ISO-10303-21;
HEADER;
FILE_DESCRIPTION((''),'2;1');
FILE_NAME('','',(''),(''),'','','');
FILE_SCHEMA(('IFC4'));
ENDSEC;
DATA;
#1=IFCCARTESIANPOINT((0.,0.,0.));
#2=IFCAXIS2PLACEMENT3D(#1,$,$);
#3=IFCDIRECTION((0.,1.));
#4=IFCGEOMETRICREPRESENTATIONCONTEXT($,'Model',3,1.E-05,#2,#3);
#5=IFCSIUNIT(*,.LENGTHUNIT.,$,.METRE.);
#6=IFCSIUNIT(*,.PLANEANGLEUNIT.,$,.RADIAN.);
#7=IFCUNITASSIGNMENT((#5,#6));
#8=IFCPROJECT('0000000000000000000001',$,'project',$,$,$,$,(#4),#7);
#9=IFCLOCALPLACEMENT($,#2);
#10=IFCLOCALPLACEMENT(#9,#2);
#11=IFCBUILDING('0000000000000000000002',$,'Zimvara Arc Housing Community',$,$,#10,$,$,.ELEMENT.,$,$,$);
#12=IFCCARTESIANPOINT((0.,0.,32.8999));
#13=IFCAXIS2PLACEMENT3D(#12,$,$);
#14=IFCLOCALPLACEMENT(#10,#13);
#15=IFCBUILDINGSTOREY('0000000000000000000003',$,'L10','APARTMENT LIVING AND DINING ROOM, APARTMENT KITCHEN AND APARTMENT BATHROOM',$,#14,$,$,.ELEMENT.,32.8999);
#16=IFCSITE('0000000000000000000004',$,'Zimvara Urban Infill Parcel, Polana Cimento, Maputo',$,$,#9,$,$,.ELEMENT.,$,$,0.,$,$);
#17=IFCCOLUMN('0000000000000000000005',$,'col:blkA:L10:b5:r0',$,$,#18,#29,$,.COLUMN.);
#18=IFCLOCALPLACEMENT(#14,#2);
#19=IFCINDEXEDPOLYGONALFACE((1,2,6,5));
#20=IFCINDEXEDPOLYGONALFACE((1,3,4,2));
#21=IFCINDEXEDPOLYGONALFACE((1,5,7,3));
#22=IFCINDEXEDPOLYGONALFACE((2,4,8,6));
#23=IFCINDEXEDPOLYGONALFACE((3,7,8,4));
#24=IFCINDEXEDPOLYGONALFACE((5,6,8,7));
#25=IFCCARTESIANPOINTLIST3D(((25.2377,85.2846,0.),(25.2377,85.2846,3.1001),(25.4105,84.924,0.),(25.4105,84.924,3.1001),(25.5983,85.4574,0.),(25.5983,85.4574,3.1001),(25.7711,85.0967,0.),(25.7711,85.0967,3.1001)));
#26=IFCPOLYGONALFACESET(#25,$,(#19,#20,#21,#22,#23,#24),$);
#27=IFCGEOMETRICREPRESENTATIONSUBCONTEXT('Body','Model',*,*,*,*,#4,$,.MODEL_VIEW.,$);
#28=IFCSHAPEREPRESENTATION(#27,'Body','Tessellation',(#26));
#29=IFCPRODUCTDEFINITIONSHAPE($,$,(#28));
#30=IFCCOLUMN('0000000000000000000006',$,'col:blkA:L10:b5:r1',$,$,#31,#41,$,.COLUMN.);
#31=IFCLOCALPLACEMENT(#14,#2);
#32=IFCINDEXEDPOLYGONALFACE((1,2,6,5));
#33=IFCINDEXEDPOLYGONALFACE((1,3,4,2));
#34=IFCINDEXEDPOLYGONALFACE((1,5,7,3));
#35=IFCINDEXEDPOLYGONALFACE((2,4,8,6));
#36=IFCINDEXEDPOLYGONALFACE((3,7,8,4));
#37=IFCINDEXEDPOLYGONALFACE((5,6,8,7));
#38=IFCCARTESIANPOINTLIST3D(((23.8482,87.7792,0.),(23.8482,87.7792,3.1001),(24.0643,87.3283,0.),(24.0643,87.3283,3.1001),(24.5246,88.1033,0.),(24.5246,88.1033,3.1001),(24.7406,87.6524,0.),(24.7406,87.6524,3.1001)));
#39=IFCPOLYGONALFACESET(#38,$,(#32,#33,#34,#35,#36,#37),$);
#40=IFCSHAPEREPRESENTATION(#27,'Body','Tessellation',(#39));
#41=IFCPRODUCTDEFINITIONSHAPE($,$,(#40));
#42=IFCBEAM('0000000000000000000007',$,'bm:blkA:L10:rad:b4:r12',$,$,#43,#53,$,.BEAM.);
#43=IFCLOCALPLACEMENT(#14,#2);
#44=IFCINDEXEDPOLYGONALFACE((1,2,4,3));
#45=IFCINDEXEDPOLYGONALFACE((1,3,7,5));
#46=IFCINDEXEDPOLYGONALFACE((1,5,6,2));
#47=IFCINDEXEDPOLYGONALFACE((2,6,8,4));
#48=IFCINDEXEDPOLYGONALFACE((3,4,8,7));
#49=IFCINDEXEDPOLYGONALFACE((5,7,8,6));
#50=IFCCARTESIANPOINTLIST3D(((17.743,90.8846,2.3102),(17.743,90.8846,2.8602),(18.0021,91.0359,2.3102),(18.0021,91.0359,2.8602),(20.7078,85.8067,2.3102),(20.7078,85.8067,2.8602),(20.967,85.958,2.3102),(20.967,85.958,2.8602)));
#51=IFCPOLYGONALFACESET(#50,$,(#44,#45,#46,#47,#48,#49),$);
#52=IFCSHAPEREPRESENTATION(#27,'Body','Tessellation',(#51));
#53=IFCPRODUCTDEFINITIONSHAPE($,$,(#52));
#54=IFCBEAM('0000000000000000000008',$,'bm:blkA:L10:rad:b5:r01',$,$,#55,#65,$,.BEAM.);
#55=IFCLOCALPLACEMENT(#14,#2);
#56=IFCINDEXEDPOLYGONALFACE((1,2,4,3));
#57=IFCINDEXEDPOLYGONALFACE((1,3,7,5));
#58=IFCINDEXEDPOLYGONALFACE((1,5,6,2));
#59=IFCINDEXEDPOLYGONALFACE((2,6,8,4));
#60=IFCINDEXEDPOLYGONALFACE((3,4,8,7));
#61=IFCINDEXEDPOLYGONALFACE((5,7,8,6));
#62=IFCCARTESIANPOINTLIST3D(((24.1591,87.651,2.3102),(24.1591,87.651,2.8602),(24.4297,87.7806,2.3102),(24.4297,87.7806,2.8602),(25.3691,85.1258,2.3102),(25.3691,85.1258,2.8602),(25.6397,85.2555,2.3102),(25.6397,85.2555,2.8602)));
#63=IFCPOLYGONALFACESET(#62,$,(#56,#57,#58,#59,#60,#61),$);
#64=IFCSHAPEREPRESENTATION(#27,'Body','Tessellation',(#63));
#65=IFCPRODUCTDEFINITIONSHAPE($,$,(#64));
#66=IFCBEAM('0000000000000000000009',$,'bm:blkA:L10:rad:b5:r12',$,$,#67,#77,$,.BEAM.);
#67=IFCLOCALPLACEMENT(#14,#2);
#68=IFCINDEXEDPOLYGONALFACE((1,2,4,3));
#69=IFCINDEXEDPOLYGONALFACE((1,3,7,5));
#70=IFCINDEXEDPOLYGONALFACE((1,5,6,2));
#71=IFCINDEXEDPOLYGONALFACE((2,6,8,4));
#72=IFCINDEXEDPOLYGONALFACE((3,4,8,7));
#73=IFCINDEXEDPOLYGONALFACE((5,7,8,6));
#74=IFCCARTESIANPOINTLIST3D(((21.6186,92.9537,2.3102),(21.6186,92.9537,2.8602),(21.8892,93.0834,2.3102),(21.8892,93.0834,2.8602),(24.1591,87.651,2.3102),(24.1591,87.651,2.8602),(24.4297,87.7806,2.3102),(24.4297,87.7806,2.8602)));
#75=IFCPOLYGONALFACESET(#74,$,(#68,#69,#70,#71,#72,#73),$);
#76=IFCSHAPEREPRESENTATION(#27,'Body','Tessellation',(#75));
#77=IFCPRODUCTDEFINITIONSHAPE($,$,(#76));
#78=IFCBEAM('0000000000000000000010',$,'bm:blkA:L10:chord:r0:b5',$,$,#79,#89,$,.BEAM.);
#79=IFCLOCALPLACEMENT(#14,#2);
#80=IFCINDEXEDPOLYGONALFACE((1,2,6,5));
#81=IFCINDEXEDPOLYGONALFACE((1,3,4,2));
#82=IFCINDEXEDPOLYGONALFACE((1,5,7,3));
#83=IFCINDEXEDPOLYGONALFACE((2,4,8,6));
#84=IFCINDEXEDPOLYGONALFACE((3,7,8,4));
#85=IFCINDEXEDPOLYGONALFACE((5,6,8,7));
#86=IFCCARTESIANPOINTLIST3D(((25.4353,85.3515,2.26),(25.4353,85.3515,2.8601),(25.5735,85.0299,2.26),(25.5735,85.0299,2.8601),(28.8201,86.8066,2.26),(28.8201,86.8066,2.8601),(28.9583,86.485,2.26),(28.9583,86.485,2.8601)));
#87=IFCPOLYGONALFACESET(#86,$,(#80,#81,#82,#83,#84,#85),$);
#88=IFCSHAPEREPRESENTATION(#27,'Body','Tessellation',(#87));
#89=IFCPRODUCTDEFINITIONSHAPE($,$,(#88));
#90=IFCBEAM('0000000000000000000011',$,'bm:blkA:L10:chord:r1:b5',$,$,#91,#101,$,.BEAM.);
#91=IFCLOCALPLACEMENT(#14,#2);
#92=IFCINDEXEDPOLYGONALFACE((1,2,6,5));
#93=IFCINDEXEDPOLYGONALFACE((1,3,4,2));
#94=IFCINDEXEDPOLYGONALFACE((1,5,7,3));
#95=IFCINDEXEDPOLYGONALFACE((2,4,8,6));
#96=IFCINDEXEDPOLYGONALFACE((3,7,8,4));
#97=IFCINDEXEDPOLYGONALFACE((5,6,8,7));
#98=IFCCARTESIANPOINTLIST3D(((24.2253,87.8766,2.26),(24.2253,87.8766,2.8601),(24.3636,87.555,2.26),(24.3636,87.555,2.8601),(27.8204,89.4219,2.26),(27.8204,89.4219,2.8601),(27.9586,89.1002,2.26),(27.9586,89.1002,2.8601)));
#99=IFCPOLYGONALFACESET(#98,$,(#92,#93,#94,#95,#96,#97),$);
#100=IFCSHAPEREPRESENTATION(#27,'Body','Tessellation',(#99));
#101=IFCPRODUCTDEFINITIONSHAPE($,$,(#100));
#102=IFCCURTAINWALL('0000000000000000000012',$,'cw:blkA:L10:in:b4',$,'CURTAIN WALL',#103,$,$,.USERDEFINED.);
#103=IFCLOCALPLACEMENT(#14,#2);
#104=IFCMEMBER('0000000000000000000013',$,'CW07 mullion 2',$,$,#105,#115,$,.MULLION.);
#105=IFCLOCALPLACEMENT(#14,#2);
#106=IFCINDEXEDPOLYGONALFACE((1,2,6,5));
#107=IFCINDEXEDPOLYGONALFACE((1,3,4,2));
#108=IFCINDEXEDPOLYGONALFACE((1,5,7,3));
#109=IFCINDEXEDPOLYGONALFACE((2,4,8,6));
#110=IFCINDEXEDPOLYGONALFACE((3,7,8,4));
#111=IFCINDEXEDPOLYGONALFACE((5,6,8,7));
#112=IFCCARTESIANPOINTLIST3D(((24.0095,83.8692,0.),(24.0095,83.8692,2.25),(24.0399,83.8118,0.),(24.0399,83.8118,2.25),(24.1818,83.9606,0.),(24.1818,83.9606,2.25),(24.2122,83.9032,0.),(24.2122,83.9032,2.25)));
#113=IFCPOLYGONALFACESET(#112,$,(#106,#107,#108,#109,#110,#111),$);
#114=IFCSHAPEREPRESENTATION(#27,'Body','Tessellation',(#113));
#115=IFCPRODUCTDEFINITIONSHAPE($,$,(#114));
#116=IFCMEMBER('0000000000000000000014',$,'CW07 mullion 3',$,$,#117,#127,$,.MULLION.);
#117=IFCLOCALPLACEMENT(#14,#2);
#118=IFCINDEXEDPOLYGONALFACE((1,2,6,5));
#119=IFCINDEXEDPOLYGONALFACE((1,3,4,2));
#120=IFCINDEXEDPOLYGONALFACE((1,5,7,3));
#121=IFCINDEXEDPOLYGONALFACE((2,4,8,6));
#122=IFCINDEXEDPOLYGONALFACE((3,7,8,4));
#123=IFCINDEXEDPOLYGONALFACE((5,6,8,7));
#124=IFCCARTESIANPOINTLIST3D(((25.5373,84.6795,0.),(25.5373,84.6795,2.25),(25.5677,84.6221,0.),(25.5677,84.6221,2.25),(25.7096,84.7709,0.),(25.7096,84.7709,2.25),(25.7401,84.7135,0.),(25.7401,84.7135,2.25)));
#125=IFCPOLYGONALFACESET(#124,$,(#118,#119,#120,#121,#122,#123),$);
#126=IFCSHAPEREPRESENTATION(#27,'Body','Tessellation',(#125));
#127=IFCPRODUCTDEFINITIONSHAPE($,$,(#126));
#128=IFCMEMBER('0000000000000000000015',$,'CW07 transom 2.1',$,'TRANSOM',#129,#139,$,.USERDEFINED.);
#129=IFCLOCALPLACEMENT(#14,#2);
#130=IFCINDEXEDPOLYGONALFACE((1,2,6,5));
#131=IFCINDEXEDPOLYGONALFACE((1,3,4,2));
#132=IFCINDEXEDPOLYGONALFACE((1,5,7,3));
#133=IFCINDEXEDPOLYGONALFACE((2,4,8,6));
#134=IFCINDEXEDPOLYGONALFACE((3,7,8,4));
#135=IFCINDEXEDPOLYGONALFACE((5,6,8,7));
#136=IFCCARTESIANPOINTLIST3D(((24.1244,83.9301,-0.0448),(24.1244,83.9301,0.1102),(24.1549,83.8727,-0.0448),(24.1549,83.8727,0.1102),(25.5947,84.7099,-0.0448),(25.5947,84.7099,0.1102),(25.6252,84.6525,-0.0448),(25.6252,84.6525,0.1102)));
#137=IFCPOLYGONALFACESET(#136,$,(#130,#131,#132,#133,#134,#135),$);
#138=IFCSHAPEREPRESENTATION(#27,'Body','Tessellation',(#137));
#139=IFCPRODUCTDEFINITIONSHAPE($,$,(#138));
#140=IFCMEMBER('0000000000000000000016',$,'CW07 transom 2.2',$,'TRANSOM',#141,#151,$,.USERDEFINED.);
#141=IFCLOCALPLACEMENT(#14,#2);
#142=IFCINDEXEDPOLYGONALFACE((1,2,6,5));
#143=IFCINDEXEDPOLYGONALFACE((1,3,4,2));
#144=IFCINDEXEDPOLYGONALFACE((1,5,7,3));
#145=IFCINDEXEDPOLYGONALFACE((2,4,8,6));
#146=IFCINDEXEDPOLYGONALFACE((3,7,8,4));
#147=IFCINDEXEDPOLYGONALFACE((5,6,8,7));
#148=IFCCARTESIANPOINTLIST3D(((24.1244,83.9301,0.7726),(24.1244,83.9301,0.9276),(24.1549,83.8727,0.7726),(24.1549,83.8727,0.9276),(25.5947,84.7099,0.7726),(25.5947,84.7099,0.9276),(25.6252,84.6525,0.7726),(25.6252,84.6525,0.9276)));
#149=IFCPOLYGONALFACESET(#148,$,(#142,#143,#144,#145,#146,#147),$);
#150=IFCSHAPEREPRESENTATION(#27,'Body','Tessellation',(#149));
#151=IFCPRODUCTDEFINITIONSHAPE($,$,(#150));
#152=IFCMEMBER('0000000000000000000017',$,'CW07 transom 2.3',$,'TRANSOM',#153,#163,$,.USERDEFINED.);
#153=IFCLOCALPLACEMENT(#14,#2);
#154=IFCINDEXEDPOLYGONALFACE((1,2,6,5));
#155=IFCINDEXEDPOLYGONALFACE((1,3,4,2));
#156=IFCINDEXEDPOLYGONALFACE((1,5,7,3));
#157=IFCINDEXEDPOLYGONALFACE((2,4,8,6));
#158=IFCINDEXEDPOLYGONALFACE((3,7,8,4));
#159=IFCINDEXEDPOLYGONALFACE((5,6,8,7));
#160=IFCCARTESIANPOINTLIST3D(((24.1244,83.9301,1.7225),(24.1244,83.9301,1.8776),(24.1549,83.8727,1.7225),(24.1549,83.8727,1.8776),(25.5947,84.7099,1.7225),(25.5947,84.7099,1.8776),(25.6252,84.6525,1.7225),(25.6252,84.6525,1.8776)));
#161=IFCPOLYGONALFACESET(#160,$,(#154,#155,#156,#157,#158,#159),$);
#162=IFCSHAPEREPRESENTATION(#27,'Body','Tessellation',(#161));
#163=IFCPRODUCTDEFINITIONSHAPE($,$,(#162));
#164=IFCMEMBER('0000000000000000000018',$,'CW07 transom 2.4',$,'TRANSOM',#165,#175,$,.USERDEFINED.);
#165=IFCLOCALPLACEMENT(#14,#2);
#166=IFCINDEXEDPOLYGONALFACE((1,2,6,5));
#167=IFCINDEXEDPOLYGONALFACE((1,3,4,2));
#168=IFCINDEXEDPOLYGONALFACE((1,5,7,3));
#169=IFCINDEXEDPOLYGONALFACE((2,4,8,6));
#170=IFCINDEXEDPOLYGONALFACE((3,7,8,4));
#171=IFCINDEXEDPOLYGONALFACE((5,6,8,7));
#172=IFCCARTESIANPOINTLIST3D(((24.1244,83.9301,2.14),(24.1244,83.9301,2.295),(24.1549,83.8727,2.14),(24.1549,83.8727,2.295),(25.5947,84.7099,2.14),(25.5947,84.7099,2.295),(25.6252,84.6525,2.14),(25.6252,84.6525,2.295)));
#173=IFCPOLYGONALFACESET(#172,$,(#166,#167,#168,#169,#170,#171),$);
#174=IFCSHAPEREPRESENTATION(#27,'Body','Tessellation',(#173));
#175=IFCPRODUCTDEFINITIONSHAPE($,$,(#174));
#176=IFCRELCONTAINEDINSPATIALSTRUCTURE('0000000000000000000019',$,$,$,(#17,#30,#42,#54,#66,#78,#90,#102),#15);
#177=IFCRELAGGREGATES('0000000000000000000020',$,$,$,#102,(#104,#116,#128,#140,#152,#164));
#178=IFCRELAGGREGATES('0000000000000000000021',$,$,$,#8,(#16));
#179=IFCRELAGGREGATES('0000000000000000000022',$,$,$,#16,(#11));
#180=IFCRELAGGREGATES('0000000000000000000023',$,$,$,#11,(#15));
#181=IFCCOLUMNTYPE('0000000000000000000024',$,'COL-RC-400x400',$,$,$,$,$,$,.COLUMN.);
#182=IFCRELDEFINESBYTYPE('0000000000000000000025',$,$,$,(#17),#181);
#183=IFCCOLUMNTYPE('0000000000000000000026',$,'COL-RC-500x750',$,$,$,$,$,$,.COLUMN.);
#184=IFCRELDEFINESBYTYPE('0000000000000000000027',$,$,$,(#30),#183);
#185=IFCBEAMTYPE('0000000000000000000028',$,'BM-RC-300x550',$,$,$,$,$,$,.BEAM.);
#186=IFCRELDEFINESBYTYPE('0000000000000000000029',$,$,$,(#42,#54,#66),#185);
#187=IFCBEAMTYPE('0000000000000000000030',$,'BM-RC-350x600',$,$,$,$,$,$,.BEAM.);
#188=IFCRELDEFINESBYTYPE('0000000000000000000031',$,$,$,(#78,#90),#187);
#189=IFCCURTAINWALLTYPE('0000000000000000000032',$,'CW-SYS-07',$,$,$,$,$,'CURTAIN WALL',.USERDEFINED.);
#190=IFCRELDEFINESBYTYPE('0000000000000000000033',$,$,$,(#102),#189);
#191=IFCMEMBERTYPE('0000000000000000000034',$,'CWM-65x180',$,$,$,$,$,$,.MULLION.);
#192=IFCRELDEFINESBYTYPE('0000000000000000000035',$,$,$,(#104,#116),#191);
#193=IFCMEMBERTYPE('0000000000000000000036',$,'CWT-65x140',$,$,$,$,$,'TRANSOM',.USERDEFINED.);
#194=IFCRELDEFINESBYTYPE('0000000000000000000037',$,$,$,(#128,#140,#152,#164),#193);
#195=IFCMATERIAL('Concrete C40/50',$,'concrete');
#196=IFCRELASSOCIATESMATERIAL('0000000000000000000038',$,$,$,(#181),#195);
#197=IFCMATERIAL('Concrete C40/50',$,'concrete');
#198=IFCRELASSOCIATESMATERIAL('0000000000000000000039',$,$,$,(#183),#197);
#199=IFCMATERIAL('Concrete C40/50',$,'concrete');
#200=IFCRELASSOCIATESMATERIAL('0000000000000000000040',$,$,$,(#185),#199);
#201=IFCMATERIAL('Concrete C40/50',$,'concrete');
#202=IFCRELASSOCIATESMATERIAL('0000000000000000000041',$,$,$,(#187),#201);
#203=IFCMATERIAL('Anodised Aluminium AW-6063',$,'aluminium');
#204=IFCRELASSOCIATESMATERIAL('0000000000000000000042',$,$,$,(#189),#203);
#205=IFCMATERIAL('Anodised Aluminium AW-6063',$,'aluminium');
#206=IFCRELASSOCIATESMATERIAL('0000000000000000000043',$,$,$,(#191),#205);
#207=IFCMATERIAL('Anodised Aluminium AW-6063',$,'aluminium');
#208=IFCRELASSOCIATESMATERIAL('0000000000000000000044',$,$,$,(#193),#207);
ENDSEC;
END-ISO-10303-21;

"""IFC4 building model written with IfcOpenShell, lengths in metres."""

from ifc_helpers import new_model, si_unit, direction, frame, origin, origin_2d, place, context, subcontext, project, spatial, rectangle, extrude, material, material_profile, profile_set, type_object, element, aggregate, save


model = new_model("IFC4")

# Units and contexts
model_context = context("Model", 3, precision=1e-05, world=origin(), true_north=direction((0.0, 1.0)))
body_context = subcontext(model_context, "Body", "Model", "MODEL_VIEW")
ifc_project = project(units=[si_unit("LENGTHUNIT", "METRE"), si_unit("PLANEANGLEUNIT", "RADIAN")], contexts=[model_context])

# Site, building, storey
site_placement = place(None, origin())
site = spatial("IfcSite", under=ifc_project, at=site_placement, Name="Zimvara Urban Infill Parcel, Polana Cimento, Maputo", CompositionType="ELEMENT", RefElevation=0.0)
building_placement = place(site_placement, origin())
building = spatial("IfcBuilding", under=site, at=building_placement, Name="Zimvara Arc Housing Community", CompositionType="ELEMENT")
storey_placement = place(building_placement, frame((0.0, 0.0, 32.8999)))
storey = spatial("IfcBuildingStorey", under=building, at=storey_placement, Name="L10", Description="APARTMENT LIVING AND DINING ROOM, APARTMENT KITCHEN AND APARTMENT BATHROOM", CompositionType="ELEMENT", Elevation=32.8999)

# Columns
ifc_material_1 = material(Name="Concrete C40/50", Category="concrete")
ifc_material_profile_1 = material_profile(ifc_material_1, rectangle(XDim=0.3999, YDim=0.3999, at=origin_2d()), Name="RC 400x400")
ifc_profile_set_1 = profile_set([ifc_material_profile_1], Name="Concrete C40/50")
column_type_1 = type_object("IfcColumnType", Name="COL-RC-400x400", PredefinedType="COLUMN", material=ifc_profile_set_1)
column_1_placement = place(storey_placement, frame((25.5044, 85.1907, 0.0), z_axis=(0.0, 0.0, 1.0), x_axis=(-0.432086, 0.901833, 0.0)))
element("IfcColumn", 1, at=column_1_placement, inside=storey, type_object=column_type_1, Name="col:blkA:L10:b5:r0", PredefinedType="COLUMN", context=body_context, shape_type="SweptSolid", body=[
    extrude(rectangle(XDim=0.3999, YDim=0.3999, at=origin_2d()), origin(), (0.0, 0.0, 1.0), 3.1001),
])
ifc_material_2 = material(Name="Concrete C40/50", Category="concrete")
ifc_material_profile_2 = material_profile(ifc_material_2, rectangle(XDim=0.5, YDim=0.75, at=origin_2d()), Name="RC 500x750")
ifc_profile_set_2 = profile_set([ifc_material_profile_2], Name="Concrete C40/50")
column_type_2 = type_object("IfcColumnType", Name="COL-RC-500x750", PredefinedType="COLUMN", material=ifc_profile_set_2)
column_2_placement = place(storey_placement, frame((24.2944, 87.7158, 0.0), z_axis=(0.0, 0.0, 1.0), x_axis=(-0.432086, 0.901833, 0.0)))
element("IfcColumn", 2, at=column_2_placement, inside=storey, type_object=column_type_2, Name="col:blkA:L10:b5:r1", PredefinedType="COLUMN", context=body_context, shape_type="SweptSolid", body=[
    extrude(rectangle(XDim=0.5, YDim=0.75, at=origin_2d()), origin(), (0.0, 0.0, 1.0), 3.1001),
])

# Beams
ifc_material_3 = material(Name="Concrete C40/50", Category="concrete")
ifc_material_profile_3 = material_profile(ifc_material_3, rectangle(XDim=0.3, YDim=0.55, at=origin_2d()), Name="RC 300x550")
ifc_profile_set_3 = profile_set([ifc_material_profile_3], Name="Concrete C40/50")
beam_type_1 = type_object("IfcBeamType", Name="BM-RC-300x550", PredefinedType="BEAM", material=ifc_profile_set_3)
beam_1_placement = place(storey_placement, frame((20.8374, 85.8823, 2.5852), z_axis=(-0.504219, 0.863576, 0.0), x_axis=(-0.863576, -0.504219, 0.0)))
element("IfcBeam", 3, at=beam_1_placement, inside=storey, type_object=beam_type_1, Name="bm:blkA:L10:rad:b4:r12", PredefinedType="BEAM", context=body_context, shape_type="SweptSolid", body=[
    extrude(rectangle(XDim=0.3, YDim=0.55, at=origin_2d()), origin(), (0.0, 0.0, 1.0), 5.8801),
])
beam_2_placement = place(storey_placement, frame((25.5044, 85.1907, 2.5852), z_axis=(-0.432119, 0.901817, 0.0), x_axis=(-0.901817, -0.432119, 0.0)))
element("IfcBeam", 4, at=beam_2_placement, inside=storey, type_object=beam_type_1, Name="bm:blkA:L10:rad:b5:r01", PredefinedType="BEAM", context=body_context, shape_type="SweptSolid", body=[
    extrude(rectangle(XDim=0.3, YDim=0.55, at=origin_2d()), origin(), (0.0, 0.0, 1.0), 2.8),
])
beam_3_placement = place(storey_placement, frame((24.2944, 87.7158, 2.5852), z_axis=(-0.43207, 0.90184, 0.0), x_axis=(-0.90184, -0.43207, 0.0)))
element("IfcBeam", 5, at=beam_3_placement, inside=storey, type_object=beam_type_1, Name="bm:blkA:L10:rad:b5:r12", PredefinedType="BEAM", context=body_context, shape_type="SweptSolid", body=[
    extrude(rectangle(XDim=0.3, YDim=0.55, at=origin_2d()), origin(), (0.0, 0.0, 1.0), 5.8799),
])
ifc_material_4 = material(Name="Concrete C40/50", Category="concrete")
ifc_material_profile_4 = material_profile(ifc_material_4, rectangle(XDim=0.3501, YDim=0.6001, at=origin_2d()), Name="RC 350x600")
ifc_profile_set_4 = profile_set([ifc_material_profile_4], Name="Concrete C40/50")
beam_type_2 = type_object("IfcBeamType", Name="BM-RC-350x600", PredefinedType="BEAM", material=ifc_profile_set_4)
beam_4_placement = place(storey_placement, frame((25.5044, 85.1907, 2.5601), z_axis=(0.918706, 0.394943, 0.0), x_axis=(-0.394943, 0.918706, 0.0)))
element("IfcBeam", 6, at=beam_4_placement, inside=storey, type_object=beam_type_2, Name="bm:blkA:L10:chord:r0:b5", PredefinedType="BEAM", context=body_context, shape_type="SweptSolid", body=[
    extrude(rectangle(XDim=0.3501, YDim=0.6001, at=origin_2d()), origin(), (0.0, 0.0, 1.0), 3.6843),
])
beam_5_placement = place(storey_placement, frame((24.2944, 87.7158, 2.5601), z_axis=(0.918731, 0.394883, 0.0), x_axis=(-0.394883, 0.918731, 0.0)))
element("IfcBeam", 7, at=beam_5_placement, inside=storey, type_object=beam_type_2, Name="bm:blkA:L10:chord:r1:b5", PredefinedType="BEAM", context=body_context, shape_type="SweptSolid", body=[
    extrude(rectangle(XDim=0.3501, YDim=0.6001, at=origin_2d()), origin(), (0.0, 0.0, 1.0), 3.9131),
])

# Curtain wall, members
ifc_material_5 = material(Name="Anodised Aluminium AW-6063", Category="aluminium")
curtain_wall_type = type_object("IfcCurtainWallType", Name="CW-SYS-07", ElementType="CURTAIN WALL", PredefinedType="USERDEFINED", material=ifc_material_5)
curtain_wall_placement = place(storey_placement, origin())
curtain_wall = element("IfcCurtainWall", 8, at=curtain_wall_placement, inside=storey, type_object=curtain_wall_type, Name="cw:blkA:L10:in:b4", ObjectType="CURTAIN WALL", PredefinedType="USERDEFINED")
ifc_material_6 = material(Name="Anodised Aluminium AW-6063", Category="aluminium")
ifc_material_profile_5 = material_profile(ifc_material_6, rectangle(XDim=0.0649, YDim=0.1951, at=origin_2d()), Name="ALU 65x195")
ifc_profile_set_5 = profile_set([ifc_material_profile_5], Name="Anodised Aluminium AW-6063")
member_type_1 = type_object("IfcMemberType", Name="CWM-65x180", PredefinedType="MULLION", material=ifc_profile_set_5)
member_1_placement = place(storey_placement, frame((24.1108, 83.8862, 0.0), z_axis=(0.0, 0.0, 1.0), x_axis=(-0.468545, 0.88344, 0.0)))
member_1 = element("IfcMember", 9, at=member_1_placement, type_object=member_type_1, Name="CW07 mullion 2", PredefinedType="MULLION", context=body_context, shape_type="SweptSolid", body=[
    extrude(rectangle(XDim=0.0649, YDim=0.1951, at=origin_2d()), origin(), (0.0, 0.0, 1.0), 2.25),
])
member_2_placement = place(storey_placement, frame((25.6387, 84.6965, 0.0), z_axis=(0.0, 0.0, 1.0), x_axis=(-0.468545, 0.88344, 0.0)))
member_2 = element("IfcMember", 10, at=member_2_placement, type_object=member_type_1, Name="CW07 mullion 3", PredefinedType="MULLION", context=body_context, shape_type="SweptSolid", body=[
    extrude(rectangle(XDim=0.0649, YDim=0.1951, at=origin_2d()), origin(), (0.0, 0.0, 1.0), 2.25),
])
ifc_material_7 = material(Name="Anodised Aluminium AW-6063", Category="aluminium")
ifc_material_profile_6 = material_profile(ifc_material_7, rectangle(XDim=0.0649, YDim=0.155, at=origin_2d()), Name="ALU 65x155")
ifc_profile_set_6 = profile_set([ifc_material_profile_6], Name="Anodised Aluminium AW-6063")
member_type_2 = type_object("IfcMemberType", Name="CWT-65x140", ElementType="TRANSOM", PredefinedType="USERDEFINED", material=ifc_profile_set_6)
member_3_placement = place(storey_placement, frame((24.1396, 83.9014, 0.0327), z_axis=(0.883431, 0.468562, 0.0), x_axis=(-0.468562, 0.883431, 0.0)))
member_3 = element("IfcMember", 11, at=member_3_placement, type_object=member_type_2, Name="CW07 transom 2.1", ObjectType="TRANSOM", PredefinedType="USERDEFINED", context=body_context, shape_type="SweptSolid", body=[
    extrude(rectangle(XDim=0.0649, YDim=0.155, at=origin_2d()), origin(), (0.0, 0.0, 1.0), 1.6643),
])
member_4_placement = place(storey_placement, frame((24.1396, 83.9014, 0.8501), z_axis=(0.883431, 0.468562, 0.0), x_axis=(-0.468562, 0.883431, 0.0)))
member_4 = element("IfcMember", 12, at=member_4_placement, type_object=member_type_2, Name="CW07 transom 2.2", ObjectType="TRANSOM", PredefinedType="USERDEFINED", context=body_context, shape_type="SweptSolid", body=[
    extrude(rectangle(XDim=0.0649, YDim=0.155, at=origin_2d()), origin(), (0.0, 0.0, 1.0), 1.6643),
])
member_5_placement = place(storey_placement, frame((24.1396, 83.9014, 1.8), z_axis=(0.883431, 0.468562, 0.0), x_axis=(-0.468562, 0.883431, 0.0)))
member_5 = element("IfcMember", 13, at=member_5_placement, type_object=member_type_2, Name="CW07 transom 2.3", ObjectType="TRANSOM", PredefinedType="USERDEFINED", context=body_context, shape_type="SweptSolid", body=[
    extrude(rectangle(XDim=0.0649, YDim=0.155, at=origin_2d()), origin(), (0.0, 0.0, 1.0), 1.6643),
])
member_6_placement = place(storey_placement, frame((24.1396, 83.9014, 2.2175), z_axis=(0.883431, 0.468562, 0.0), x_axis=(-0.468562, 0.883431, 0.0)))
member_6 = element("IfcMember", 14, at=member_6_placement, type_object=member_type_2, Name="CW07 transom 2.4", ObjectType="TRANSOM", PredefinedType="USERDEFINED", context=body_context, shape_type="SweptSolid", body=[
    extrude(rectangle(XDim=0.0649, YDim=0.155, at=origin_2d()), origin(), (0.0, 0.0, 1.0), 1.6643),
])
aggregate(curtain_wall, [member_1, member_2, member_3, member_4, member_5, member_6])

save(model, "model.ifc")
